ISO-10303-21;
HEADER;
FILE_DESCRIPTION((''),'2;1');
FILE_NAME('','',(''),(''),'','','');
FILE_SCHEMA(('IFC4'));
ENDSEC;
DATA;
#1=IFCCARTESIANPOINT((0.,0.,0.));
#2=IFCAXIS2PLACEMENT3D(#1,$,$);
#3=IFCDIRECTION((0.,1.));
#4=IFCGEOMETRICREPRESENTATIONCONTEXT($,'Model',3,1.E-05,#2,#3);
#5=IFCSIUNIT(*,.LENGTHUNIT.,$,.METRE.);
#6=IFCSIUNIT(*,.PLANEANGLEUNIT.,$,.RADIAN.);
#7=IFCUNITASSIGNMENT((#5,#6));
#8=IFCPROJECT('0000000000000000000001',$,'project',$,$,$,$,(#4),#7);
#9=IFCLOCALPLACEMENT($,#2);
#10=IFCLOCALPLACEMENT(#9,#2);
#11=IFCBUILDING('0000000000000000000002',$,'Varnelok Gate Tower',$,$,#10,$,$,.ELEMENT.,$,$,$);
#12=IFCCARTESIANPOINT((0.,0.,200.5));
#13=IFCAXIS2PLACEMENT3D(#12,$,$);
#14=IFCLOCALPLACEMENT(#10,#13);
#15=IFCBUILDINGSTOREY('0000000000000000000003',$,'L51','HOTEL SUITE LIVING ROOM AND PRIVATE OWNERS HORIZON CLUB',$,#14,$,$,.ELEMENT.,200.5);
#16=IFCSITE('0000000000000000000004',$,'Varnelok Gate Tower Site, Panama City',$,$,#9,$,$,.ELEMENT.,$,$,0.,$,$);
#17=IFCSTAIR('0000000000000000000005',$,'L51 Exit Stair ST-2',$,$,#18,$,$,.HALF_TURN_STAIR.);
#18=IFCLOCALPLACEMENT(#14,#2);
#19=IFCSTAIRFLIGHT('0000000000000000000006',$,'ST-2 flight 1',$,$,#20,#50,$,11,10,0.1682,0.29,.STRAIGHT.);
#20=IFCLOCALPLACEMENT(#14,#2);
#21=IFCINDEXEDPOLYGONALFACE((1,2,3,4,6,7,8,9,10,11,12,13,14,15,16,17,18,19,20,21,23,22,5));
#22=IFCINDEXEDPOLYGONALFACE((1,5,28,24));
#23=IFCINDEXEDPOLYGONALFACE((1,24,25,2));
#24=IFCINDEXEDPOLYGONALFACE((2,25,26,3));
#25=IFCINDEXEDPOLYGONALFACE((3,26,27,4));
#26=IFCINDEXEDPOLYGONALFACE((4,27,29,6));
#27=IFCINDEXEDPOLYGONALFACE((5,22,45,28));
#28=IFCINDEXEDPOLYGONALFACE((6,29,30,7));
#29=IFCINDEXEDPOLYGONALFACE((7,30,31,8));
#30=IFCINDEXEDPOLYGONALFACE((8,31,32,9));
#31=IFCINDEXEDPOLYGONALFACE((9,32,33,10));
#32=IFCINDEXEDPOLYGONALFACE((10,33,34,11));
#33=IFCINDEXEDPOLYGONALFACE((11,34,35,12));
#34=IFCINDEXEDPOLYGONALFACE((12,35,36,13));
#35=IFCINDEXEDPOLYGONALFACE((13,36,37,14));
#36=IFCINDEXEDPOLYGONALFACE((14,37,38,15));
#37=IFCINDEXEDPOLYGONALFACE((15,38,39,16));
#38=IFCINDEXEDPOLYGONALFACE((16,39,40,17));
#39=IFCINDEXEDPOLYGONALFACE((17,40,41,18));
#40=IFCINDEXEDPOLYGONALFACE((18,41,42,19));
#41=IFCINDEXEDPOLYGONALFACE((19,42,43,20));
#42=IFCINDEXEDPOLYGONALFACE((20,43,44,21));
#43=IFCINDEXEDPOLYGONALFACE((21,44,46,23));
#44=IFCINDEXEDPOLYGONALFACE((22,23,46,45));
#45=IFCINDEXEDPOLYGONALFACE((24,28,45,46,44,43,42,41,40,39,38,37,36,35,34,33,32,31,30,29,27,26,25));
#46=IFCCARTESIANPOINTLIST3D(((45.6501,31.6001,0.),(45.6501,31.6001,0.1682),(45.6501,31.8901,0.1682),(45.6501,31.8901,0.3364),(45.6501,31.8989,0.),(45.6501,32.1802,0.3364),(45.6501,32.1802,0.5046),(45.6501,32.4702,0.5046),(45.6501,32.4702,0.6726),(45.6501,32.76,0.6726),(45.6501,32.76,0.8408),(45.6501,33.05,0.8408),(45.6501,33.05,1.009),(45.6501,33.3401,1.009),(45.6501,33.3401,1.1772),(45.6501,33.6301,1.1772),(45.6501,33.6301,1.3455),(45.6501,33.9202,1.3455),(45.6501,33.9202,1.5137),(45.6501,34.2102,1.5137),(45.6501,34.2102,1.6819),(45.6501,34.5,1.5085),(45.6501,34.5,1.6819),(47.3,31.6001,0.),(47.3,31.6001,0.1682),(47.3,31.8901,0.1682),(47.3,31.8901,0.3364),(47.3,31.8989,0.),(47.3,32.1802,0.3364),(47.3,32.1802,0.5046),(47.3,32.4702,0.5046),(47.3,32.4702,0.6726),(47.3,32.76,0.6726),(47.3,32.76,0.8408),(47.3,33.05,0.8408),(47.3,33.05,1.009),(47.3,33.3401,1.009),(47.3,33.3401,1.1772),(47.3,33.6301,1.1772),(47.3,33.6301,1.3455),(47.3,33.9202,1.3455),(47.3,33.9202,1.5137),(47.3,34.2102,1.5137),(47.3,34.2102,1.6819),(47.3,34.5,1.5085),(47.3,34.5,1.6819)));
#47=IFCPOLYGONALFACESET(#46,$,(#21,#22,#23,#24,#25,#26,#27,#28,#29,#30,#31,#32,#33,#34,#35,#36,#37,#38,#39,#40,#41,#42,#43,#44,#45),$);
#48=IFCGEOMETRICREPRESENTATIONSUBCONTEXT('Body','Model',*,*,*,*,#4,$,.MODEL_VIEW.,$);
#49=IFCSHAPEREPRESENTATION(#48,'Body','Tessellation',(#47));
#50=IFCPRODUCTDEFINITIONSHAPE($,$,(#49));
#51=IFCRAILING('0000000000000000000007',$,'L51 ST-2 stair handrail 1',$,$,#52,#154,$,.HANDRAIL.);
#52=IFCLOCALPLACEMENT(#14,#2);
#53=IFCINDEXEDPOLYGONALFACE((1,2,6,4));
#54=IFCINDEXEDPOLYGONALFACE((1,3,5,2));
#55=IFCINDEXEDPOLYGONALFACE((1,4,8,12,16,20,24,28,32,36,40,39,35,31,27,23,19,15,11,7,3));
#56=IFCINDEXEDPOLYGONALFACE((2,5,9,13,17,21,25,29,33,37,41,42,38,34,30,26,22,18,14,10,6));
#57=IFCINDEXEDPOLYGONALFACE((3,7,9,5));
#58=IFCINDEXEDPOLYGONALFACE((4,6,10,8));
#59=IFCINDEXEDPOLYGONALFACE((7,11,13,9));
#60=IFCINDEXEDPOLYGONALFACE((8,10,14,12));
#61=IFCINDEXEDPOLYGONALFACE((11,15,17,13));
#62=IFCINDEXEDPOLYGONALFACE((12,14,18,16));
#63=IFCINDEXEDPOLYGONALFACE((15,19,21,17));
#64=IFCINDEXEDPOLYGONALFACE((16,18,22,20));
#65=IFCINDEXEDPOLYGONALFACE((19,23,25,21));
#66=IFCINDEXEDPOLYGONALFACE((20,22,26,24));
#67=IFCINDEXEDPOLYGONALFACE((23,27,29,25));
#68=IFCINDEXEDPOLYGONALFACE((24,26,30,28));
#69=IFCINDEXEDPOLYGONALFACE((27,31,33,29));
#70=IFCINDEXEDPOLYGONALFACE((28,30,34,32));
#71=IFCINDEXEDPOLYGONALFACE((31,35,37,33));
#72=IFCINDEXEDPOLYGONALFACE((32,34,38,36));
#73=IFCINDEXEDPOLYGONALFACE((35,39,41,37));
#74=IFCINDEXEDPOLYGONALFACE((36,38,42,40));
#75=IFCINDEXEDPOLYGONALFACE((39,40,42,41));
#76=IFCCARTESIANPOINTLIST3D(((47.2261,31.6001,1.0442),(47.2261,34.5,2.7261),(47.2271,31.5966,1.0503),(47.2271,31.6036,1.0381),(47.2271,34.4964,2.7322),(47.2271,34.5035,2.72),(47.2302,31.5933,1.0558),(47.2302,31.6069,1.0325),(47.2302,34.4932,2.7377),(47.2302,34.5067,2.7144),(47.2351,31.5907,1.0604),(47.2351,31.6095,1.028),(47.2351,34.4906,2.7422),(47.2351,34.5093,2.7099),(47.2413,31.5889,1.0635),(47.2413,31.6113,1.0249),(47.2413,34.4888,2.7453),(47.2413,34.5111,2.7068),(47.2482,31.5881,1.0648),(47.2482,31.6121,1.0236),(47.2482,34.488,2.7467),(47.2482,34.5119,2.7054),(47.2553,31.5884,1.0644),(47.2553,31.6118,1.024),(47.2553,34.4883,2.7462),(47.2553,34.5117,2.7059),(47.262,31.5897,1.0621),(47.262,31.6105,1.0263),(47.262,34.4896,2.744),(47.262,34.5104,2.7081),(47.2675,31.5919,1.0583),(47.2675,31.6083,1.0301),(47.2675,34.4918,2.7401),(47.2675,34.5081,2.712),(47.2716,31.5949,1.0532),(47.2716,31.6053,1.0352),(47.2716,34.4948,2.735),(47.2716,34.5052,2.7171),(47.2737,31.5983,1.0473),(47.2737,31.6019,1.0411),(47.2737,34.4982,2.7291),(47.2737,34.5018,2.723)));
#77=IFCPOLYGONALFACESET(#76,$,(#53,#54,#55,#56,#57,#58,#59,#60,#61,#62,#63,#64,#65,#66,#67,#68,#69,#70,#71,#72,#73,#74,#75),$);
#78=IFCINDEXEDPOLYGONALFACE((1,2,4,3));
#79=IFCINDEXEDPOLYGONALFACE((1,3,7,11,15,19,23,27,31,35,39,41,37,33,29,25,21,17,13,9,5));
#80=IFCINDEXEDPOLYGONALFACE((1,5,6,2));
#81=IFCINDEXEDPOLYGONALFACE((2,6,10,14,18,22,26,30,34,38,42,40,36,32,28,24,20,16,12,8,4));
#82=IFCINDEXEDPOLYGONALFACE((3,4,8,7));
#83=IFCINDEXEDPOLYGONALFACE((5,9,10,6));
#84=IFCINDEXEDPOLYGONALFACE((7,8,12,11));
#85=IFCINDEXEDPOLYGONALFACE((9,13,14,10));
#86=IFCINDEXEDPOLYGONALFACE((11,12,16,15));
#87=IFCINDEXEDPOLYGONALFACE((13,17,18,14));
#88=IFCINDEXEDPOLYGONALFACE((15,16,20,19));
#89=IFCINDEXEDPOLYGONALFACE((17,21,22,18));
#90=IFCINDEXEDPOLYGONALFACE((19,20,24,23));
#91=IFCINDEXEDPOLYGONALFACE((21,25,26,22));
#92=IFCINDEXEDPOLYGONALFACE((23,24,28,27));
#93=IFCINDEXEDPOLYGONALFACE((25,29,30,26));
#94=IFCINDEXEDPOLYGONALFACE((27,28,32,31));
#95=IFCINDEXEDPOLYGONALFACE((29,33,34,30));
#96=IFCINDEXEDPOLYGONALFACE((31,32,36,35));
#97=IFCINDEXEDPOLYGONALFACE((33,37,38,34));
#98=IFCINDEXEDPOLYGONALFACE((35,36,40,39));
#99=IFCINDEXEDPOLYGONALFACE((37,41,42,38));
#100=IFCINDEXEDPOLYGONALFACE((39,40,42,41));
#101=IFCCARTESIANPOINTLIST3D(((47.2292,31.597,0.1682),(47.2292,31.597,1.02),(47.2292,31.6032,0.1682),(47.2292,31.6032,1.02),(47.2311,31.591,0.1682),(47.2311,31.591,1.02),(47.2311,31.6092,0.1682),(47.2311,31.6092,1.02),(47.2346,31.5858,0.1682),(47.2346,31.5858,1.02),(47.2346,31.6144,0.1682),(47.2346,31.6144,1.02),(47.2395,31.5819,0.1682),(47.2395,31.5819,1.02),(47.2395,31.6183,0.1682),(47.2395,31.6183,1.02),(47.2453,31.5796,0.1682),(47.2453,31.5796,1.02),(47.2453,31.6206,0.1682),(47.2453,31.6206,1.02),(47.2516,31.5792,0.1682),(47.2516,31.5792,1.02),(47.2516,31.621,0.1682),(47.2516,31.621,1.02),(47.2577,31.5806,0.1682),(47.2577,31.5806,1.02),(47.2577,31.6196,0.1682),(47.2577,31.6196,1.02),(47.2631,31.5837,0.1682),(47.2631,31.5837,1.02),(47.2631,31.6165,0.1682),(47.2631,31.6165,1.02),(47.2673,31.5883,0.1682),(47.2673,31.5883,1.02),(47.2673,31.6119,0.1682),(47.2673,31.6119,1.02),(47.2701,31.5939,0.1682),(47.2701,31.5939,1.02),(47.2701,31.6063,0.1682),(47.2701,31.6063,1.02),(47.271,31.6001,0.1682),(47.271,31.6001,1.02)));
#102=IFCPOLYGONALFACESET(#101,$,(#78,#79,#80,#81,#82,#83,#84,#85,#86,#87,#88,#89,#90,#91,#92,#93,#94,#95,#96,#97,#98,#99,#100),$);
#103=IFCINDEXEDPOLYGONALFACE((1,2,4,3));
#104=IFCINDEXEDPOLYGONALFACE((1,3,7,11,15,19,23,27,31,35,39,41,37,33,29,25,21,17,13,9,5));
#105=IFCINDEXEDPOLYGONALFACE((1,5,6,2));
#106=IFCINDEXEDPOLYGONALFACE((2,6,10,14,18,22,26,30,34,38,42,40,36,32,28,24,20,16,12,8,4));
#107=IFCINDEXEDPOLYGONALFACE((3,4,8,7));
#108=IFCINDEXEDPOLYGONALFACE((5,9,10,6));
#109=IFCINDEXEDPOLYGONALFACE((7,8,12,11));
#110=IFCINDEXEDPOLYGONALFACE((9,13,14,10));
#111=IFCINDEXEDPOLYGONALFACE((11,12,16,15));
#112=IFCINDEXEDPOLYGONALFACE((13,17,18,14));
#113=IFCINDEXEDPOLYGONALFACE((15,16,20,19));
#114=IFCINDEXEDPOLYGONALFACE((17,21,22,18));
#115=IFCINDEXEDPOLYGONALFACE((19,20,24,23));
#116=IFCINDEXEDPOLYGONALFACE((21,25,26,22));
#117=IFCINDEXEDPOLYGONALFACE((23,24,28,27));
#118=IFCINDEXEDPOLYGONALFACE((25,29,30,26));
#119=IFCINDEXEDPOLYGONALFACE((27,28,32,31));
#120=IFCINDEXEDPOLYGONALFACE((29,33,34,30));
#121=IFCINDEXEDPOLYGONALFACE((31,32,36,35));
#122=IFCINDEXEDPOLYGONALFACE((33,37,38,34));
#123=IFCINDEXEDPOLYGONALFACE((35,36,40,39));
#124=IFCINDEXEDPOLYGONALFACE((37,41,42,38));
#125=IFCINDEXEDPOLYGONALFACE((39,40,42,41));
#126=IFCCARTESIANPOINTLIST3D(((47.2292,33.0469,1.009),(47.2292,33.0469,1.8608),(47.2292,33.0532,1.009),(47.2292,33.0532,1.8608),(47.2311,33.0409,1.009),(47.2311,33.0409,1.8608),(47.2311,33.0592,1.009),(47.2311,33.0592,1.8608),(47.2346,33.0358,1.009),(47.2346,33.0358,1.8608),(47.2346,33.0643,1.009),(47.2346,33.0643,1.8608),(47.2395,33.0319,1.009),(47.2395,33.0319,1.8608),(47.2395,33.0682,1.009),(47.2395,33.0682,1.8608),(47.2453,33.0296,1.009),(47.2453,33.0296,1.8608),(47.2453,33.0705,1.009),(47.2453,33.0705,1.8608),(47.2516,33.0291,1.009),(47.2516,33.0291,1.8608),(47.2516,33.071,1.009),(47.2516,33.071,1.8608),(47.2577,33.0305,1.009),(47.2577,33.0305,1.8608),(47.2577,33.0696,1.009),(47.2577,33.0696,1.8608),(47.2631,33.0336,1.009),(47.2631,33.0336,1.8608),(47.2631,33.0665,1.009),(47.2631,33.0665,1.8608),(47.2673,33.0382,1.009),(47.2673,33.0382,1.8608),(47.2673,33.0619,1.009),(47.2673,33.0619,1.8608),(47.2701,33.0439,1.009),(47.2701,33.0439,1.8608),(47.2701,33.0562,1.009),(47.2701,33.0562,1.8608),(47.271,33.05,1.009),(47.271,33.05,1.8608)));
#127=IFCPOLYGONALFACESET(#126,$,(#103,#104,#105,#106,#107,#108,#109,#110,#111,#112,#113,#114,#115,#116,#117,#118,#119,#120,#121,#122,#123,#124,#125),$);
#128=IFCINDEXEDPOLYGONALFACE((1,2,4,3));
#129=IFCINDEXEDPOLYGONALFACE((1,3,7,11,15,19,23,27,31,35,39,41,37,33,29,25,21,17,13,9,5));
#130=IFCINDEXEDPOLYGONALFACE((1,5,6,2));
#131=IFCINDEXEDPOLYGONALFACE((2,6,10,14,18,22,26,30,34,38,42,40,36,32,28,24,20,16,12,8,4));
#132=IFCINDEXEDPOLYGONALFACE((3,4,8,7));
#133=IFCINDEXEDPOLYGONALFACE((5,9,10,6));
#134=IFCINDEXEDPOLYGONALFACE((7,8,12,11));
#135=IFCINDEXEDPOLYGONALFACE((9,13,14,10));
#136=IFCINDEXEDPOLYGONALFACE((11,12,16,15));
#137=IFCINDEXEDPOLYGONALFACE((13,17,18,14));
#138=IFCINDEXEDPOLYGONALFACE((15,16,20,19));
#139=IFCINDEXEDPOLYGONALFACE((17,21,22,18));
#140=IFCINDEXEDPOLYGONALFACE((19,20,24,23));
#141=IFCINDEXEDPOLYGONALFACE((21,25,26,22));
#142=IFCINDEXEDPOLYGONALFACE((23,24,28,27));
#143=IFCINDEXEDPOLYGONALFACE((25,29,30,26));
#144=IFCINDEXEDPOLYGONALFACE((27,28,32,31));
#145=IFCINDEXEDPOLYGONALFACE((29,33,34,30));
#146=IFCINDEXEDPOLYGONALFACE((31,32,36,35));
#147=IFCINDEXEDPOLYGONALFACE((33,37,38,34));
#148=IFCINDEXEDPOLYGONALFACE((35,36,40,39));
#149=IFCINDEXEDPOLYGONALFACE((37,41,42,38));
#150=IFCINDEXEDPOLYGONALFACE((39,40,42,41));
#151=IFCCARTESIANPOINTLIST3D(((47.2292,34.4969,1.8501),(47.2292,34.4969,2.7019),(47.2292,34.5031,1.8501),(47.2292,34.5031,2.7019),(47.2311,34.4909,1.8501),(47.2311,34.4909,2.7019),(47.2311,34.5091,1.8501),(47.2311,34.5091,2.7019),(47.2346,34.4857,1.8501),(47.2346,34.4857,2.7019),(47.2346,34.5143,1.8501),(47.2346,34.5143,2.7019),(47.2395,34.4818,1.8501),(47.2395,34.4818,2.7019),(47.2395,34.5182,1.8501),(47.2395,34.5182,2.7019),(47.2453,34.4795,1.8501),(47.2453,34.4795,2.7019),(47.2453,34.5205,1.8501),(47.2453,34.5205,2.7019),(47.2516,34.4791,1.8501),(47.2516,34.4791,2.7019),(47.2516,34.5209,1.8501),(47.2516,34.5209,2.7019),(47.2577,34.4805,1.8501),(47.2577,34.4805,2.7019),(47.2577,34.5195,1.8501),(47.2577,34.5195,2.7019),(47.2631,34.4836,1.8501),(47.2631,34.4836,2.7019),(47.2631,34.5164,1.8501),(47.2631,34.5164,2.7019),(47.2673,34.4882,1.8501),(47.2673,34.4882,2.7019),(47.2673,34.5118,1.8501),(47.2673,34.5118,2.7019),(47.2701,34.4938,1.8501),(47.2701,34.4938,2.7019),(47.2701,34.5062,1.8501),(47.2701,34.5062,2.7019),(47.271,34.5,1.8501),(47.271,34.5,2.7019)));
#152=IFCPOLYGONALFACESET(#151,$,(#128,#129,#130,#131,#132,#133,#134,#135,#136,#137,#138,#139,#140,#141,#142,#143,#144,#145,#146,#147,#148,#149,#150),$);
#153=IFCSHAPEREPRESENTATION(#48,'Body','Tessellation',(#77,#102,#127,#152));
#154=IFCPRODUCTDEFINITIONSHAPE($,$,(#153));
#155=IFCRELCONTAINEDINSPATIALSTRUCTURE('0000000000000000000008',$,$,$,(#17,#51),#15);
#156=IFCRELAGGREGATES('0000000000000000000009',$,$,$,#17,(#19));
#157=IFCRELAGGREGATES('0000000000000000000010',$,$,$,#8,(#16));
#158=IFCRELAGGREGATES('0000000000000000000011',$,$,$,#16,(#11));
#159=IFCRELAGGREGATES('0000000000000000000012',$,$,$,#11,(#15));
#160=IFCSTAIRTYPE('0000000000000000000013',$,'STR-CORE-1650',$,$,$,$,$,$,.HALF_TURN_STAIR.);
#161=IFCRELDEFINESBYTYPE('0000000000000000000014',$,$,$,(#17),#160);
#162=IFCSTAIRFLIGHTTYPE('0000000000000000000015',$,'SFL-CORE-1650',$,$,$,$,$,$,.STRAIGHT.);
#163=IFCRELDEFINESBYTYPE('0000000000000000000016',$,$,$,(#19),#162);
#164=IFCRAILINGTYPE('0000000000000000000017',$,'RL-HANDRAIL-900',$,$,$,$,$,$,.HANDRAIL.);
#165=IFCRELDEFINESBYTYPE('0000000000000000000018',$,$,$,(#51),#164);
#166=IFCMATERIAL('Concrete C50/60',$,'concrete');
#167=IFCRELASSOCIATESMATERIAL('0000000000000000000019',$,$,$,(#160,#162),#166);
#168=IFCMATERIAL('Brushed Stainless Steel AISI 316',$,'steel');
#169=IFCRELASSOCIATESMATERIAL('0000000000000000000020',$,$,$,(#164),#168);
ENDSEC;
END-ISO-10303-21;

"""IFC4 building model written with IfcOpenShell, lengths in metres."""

from ifc_helpers import new_model, si_unit, direction, frame, origin, origin_2d, place, context, subcontext, project, spatial, polyline, circle, outline, extrude, material, type_object, element, aggregate, save


model = new_model("IFC4")

# Units and contexts
model_context = context("Model", 3, precision=1e-05, world=origin(), true_north=direction((0.0, 1.0)))
body_context = subcontext(model_context, "Body", "Model", "MODEL_VIEW")
ifc_project = project(units=[si_unit("LENGTHUNIT", "METRE"), si_unit("PLANEANGLEUNIT", "RADIAN")], contexts=[model_context])

# Site, building, storey
site_placement = place(None, origin())
site = spatial("IfcSite", under=ifc_project, at=site_placement, Name="Varnelok Gate Tower Site, Panama City", CompositionType="ELEMENT", RefElevation=0.0)
building_placement = place(site_placement, origin())
building = spatial("IfcBuilding", under=site, at=building_placement, Name="Varnelok Gate Tower", CompositionType="ELEMENT")
storey_placement = place(building_placement, frame((0.0, 0.0, 200.5)))
storey = spatial("IfcBuildingStorey", under=building, at=storey_placement, Name="L51", Description="HOTEL SUITE LIVING ROOM AND PRIVATE OWNERS HORIZON CLUB", CompositionType="ELEMENT", Elevation=200.5)

# Stair, stair flight
ifc_material_1 = material(Name="Concrete C50/60", Category="concrete")
stair_type = type_object("IfcStairType", Name="STR-CORE-1650", PredefinedType="HALF_TURN_STAIR", material=ifc_material_1)
stair_placement = place(storey_placement, origin())
stair = element("IfcStair", 1, at=stair_placement, inside=storey, type_object=stair_type, Name="L51 Exit Stair ST-2", PredefinedType="HALF_TURN_STAIR")
stair_flight_type = type_object("IfcStairFlightType", Name="SFL-CORE-1650", PredefinedType="STRAIGHT", material=ifc_material_1)
stair_flight_placement = place(storey_placement, frame((46.4751, 31.6001, 0.0), z_axis=(0.0, 0.0, 1.0), x_axis=(0.0, 1.0, 0.0)))
stair_flight = element("IfcStairFlight", 2, at=stair_flight_placement, type_object=stair_flight_type, Name="ST-2 flight 1", NumberOfRisers=11, NumberOfTreads=10, PredefinedType="STRAIGHT", RiserHeight=0.1682, TreadLength=0.29, context=body_context, shape_type="SweptSolid", body=[
    extrude(outline(polyline([(0.0, 0.0), (0.0, 0.1682), (0.29, 0.1682), (0.29, 0.3364), (0.5801, 0.3364), (0.5801, 0.5046), (0.8701, 0.5046), (0.8701, 0.6726), (1.1599, 0.6726), (1.1599, 0.8408), (1.45, 0.8408), (1.45, 1.009), (1.74, 1.009), (1.74, 1.1772), (2.03, 1.1772), (2.03, 1.3455), (2.3201, 1.3455), (2.3201, 1.5137), (2.6101, 1.5137), (2.6101, 1.6819), (2.8999, 1.6819), (2.8999, 1.8501), (2.8999, 1.5085), (0.2988, 0.0), (0.0, 0.0)])), frame((0.0, 0.825, 0.0), z_axis=(0.0, -1.0, 0.0), x_axis=(1.0, 0.0, 0.0)), (0.0, 0.0, 1.0), 1.6499),
])
aggregate(stair, [stair_flight])

# Railing
ifc_material_2 = material(Name="Brushed Stainless Steel AISI 316", Category="steel")
railing_type_1 = type_object("IfcRailingType", Name="RL-HANDRAIL-900", PredefinedType="HANDRAIL", material=ifc_material_2)
railing_1_placement = place(storey_placement, frame((47.25, 31.6001, 0.1682)))
element("IfcRailing", 3, at=railing_1_placement, inside=storey, type_object=railing_type_1, Name="L51 ST-2 stair handrail 1", PredefinedType="HANDRAIL", context=body_context, shape_type="SweptSolid", body=[
    extrude(circle(Radius=0.0239, at=origin_2d()), frame((0.0, 0.0, 0.876), z_axis=(0.0, 0.865039, 0.501705), x_axis=(-1.0, 0.0, 0.0)), (0.0, 0.0, 1.0), 3.3523),
    extrude(circle(Radius=0.021, at=origin_2d()), origin(), (0.0, 0.0, 1.0), 0.8518),
    extrude(circle(Radius=0.021, at=origin_2d()), frame((0.0, 1.45, 0.8408)), (0.0, 0.0, 1.0), 0.8518),
    extrude(circle(Radius=0.021, at=origin_2d()), frame((0.0, 2.8999, 1.6819)), (0.0, 0.0, 1.0), 0.8518),
])

save(model, "model.ifc")
